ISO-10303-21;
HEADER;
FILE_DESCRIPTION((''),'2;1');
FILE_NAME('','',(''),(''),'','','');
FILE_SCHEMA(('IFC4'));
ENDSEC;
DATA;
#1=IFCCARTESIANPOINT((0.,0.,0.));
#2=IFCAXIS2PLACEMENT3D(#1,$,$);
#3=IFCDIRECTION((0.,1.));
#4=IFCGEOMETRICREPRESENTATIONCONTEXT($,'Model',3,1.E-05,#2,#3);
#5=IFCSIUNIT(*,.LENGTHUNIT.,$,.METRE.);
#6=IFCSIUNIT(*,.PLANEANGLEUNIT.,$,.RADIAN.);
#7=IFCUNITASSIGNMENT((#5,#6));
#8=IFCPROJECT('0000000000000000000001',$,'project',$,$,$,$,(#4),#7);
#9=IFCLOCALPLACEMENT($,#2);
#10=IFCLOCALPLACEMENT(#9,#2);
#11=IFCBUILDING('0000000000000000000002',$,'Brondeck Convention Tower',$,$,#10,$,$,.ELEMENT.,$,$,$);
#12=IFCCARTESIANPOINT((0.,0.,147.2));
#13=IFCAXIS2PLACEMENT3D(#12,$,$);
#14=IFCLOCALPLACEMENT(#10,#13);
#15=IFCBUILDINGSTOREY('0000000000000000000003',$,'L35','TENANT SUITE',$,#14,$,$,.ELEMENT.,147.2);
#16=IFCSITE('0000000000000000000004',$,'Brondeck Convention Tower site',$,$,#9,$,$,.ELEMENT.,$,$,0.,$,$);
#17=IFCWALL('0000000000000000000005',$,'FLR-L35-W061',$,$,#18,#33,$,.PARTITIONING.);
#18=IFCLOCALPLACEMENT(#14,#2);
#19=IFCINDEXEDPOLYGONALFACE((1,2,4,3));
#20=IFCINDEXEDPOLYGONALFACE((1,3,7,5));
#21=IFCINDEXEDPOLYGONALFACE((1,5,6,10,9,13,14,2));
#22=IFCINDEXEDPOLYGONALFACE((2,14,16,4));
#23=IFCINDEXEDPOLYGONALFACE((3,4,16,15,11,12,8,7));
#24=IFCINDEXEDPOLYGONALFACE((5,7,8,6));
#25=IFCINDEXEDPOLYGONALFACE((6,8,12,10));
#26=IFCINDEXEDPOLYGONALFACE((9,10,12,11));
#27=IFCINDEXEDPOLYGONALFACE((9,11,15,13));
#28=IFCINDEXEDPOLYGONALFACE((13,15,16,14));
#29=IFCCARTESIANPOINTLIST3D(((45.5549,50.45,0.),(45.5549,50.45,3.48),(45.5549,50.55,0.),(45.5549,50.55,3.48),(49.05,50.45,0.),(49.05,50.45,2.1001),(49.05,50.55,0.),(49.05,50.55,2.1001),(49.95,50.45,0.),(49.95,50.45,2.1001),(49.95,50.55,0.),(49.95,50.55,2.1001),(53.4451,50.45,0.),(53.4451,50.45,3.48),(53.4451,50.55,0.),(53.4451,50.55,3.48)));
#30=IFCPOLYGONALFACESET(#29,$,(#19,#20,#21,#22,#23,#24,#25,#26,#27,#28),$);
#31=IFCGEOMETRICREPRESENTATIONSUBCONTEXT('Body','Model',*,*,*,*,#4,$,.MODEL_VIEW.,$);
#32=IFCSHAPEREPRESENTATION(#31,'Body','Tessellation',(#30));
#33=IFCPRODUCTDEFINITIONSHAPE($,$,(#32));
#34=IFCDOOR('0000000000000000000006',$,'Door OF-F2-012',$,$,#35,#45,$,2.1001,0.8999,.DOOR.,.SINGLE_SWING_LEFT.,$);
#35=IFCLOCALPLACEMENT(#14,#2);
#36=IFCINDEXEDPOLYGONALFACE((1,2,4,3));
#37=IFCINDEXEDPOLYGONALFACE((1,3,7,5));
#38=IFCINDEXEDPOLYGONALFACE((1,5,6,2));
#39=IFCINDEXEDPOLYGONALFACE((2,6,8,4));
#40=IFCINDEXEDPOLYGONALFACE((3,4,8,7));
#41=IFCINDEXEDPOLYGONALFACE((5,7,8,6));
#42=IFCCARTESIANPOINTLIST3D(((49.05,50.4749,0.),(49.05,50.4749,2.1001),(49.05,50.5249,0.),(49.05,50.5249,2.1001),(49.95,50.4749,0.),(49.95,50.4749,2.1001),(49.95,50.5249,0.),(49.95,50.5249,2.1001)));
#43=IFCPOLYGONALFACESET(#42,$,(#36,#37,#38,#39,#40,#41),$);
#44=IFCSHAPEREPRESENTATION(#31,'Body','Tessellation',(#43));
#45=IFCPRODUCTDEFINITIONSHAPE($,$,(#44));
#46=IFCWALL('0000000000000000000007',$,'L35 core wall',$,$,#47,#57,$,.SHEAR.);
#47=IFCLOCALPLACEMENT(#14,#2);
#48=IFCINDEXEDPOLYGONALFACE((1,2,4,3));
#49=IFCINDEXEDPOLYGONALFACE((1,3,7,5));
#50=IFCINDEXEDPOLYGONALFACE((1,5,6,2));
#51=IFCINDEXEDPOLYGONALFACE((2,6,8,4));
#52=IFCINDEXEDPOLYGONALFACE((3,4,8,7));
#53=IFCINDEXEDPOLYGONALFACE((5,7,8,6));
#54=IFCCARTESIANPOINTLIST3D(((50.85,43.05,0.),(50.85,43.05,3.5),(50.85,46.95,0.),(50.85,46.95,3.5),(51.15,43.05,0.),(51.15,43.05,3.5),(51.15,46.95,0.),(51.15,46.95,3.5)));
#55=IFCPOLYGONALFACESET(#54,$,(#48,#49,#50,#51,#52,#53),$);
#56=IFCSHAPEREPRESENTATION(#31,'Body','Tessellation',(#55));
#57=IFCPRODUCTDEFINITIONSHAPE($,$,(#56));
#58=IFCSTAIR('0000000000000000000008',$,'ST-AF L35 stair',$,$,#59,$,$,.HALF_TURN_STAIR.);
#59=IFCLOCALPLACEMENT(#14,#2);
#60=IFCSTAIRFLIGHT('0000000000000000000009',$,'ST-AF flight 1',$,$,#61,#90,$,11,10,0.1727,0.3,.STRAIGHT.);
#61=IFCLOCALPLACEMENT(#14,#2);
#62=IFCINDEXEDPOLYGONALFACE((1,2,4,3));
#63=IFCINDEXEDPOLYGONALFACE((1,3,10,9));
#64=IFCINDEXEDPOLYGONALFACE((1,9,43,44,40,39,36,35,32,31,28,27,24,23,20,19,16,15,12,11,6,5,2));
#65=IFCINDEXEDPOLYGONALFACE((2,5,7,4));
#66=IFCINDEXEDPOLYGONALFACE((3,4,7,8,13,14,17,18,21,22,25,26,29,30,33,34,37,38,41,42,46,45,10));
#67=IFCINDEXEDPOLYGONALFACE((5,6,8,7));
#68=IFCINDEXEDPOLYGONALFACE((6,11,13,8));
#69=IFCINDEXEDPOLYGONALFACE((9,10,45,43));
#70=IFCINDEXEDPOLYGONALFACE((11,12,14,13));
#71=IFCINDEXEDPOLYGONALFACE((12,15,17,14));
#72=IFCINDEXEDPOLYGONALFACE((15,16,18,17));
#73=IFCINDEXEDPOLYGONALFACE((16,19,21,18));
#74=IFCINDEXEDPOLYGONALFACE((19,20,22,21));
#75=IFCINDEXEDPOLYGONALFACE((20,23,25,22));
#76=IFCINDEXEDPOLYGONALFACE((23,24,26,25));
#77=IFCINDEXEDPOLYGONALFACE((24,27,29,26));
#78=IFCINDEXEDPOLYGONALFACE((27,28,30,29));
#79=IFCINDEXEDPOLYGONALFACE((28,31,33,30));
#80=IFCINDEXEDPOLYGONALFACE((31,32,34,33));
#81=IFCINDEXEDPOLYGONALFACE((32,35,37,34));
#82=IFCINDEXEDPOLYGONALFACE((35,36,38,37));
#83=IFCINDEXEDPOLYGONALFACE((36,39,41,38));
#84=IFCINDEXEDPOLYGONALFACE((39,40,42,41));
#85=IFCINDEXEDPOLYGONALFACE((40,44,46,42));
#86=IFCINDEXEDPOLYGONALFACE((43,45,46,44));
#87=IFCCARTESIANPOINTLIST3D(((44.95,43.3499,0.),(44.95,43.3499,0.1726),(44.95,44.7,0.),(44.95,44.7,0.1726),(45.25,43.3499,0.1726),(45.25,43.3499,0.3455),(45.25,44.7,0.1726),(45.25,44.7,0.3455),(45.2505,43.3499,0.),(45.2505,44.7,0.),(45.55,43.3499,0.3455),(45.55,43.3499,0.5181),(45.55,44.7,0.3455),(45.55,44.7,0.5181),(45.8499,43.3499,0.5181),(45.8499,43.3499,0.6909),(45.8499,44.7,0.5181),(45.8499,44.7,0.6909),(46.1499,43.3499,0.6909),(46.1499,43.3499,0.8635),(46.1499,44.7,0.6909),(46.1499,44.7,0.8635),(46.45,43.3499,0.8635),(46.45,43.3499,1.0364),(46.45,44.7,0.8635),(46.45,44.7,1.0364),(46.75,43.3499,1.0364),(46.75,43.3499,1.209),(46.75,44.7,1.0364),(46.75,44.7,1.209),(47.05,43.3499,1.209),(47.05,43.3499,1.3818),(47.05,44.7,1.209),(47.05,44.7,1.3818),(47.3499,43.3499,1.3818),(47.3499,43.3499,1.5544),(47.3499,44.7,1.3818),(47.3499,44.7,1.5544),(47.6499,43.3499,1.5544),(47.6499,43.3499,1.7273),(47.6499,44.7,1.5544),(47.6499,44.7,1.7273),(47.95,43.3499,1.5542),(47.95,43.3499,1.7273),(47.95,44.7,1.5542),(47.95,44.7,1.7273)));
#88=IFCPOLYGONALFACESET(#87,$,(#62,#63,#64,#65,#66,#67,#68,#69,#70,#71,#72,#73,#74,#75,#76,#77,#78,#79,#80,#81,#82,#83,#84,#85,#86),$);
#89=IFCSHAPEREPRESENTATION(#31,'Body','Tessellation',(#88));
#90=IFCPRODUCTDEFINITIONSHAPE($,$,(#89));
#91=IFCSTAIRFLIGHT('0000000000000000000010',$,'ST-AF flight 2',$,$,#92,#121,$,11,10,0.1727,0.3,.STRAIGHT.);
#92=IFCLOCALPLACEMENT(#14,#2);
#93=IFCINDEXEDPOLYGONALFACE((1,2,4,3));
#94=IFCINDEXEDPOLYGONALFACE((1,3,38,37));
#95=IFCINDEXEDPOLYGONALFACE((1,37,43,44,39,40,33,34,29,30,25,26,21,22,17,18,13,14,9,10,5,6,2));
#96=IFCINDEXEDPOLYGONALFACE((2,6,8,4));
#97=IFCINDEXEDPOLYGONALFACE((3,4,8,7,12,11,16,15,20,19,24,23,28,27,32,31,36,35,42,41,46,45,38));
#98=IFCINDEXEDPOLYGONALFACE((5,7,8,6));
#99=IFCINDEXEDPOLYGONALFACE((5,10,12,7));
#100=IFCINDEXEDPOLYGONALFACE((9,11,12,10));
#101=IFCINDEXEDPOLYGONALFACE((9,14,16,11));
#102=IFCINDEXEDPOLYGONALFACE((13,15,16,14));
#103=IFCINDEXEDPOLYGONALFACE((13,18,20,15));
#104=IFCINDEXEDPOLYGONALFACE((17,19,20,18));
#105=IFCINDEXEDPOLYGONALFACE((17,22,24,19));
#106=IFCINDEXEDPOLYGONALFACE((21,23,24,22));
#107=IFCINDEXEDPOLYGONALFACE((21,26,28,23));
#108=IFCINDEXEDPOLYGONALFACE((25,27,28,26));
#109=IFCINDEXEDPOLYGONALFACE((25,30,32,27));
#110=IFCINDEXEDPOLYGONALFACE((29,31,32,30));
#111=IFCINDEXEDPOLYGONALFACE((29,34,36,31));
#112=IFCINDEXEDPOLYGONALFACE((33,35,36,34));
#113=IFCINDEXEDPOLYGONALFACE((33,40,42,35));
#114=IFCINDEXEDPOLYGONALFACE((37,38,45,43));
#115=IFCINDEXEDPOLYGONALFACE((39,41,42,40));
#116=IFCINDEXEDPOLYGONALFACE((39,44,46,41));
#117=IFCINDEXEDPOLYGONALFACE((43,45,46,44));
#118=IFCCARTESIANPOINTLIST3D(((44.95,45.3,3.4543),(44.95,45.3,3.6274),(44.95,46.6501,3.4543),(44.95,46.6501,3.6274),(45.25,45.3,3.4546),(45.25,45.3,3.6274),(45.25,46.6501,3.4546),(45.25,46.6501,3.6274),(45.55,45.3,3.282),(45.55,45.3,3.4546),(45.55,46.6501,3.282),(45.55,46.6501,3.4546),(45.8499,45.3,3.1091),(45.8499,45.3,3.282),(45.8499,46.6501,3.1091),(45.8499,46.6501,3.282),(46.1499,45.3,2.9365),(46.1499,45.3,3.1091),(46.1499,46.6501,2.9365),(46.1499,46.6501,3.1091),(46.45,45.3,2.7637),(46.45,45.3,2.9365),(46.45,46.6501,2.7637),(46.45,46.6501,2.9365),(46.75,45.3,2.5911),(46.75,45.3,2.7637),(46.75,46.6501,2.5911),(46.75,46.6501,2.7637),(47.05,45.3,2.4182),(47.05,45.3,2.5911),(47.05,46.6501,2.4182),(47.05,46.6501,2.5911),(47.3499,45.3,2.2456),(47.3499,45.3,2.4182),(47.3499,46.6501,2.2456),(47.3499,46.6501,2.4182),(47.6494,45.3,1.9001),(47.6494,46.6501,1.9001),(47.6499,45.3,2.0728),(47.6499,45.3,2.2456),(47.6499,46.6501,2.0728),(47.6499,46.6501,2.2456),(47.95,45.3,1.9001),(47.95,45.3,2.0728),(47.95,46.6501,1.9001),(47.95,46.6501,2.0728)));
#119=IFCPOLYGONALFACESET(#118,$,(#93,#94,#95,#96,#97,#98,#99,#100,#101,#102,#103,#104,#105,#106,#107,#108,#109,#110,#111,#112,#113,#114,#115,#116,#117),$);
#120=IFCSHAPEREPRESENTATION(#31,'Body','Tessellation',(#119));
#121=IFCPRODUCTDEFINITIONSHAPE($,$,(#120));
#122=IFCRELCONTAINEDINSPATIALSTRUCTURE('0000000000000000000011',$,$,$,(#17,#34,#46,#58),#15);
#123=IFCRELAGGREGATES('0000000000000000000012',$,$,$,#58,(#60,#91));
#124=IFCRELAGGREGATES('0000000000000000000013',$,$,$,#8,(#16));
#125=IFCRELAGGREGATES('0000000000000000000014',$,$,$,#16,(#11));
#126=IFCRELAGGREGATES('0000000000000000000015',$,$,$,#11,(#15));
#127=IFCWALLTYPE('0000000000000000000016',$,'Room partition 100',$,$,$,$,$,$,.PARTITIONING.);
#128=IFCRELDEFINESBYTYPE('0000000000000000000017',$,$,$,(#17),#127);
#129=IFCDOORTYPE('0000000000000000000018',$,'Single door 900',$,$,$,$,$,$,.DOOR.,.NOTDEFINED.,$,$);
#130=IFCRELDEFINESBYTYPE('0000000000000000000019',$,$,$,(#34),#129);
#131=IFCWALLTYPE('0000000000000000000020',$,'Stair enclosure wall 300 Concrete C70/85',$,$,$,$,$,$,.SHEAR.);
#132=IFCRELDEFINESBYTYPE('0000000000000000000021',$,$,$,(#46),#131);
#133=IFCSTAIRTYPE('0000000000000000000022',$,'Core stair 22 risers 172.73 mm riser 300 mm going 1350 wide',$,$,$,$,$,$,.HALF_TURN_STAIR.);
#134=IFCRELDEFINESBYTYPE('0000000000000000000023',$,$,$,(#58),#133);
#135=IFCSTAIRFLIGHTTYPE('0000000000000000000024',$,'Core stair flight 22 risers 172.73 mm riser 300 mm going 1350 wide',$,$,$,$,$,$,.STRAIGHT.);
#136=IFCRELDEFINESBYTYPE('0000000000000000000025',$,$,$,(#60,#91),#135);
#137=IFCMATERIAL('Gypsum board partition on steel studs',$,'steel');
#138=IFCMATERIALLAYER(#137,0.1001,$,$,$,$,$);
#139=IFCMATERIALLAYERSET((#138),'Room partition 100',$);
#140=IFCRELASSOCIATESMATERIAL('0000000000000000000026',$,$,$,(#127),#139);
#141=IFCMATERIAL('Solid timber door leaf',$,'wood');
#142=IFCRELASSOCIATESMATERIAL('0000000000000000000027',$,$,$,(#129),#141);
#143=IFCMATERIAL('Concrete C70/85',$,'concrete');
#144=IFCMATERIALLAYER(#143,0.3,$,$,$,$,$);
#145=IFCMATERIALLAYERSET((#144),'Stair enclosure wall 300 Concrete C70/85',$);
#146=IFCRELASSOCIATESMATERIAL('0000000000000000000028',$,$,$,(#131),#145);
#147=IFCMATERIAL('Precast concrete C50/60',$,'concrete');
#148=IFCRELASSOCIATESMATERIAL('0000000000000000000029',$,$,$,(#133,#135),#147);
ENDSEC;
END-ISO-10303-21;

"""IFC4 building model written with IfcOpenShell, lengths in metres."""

from ifc_helpers import new_model, si_unit, direction, frame, frame_2d, origin, place, context, subcontext, project, spatial, polyline, rectangle, outline, extrude, material, layer, layer_set, type_object, element, fill, aggregate, save


model = new_model("IFC4")

# Units and contexts
model_context = context("Model", 3, precision=1e-05, world=origin(), true_north=direction((0.0, 1.0)))
body_context = subcontext(model_context, "Body", "Model", "MODEL_VIEW")
ifc_project = project(units=[si_unit("LENGTHUNIT", "METRE"), si_unit("PLANEANGLEUNIT", "RADIAN")], contexts=[model_context])

# Site, building, storey
site_placement = place(None, origin())
site = spatial("IfcSite", under=ifc_project, at=site_placement, Name="Brondeck Convention Tower site", CompositionType="ELEMENT", RefElevation=0.0)
building_placement = place(site_placement, origin())
building = spatial("IfcBuilding", under=site, at=building_placement, Name="Brondeck Convention Tower", CompositionType="ELEMENT")
storey_placement = place(building_placement, frame((0.0, 0.0, 147.2)))
storey = spatial("IfcBuildingStorey", under=building, at=storey_placement, Name="L35", Description="TENANT SUITE", CompositionType="ELEMENT", Elevation=147.2)

# Shared definitions
ifc_material_1 = material(Name="Concrete C70/85", Category="concrete")

# Shared definitions
ifc_material_2 = material(Name="Gypsum board partition on steel studs", Category="steel")
ifc_layer_1 = layer(ifc_material_2, 0.1001)
ifc_layer_set_1 = layer_set([ifc_layer_1], Name="Room partition 100")
wall_type_1 = type_object("IfcWallType", Name="Room partition 100", PredefinedType="PARTITIONING", material=ifc_layer_set_1)

# Shared definitions
ifc_material_3 = material(Name="Solid timber door leaf", Category="wood")
door_type_1 = type_object("IfcDoorType", Name="Single door 900", OperationType="NOTDEFINED", PredefinedType="DOOR", material=ifc_material_3)

# Wall, opening, door
wall_1_placement = place(storey_placement, frame((45.5549, 50.5, 0.0), z_axis=(0.0, 0.0, 1.0), x_axis=(1.0, 0.0, 0.0)))
wall_1 = element("IfcWall", 1, at=wall_1_placement, inside=storey, type_object=wall_type_1, Name="FLR-L35-W061", PredefinedType="PARTITIONING", context=body_context, shape_type="SweptSolid", body=[
    extrude(rectangle(XDim=7.8901, YDim=0.1001, at=frame_2d((3.9451, 0.0))), origin(), (0.0, 0.0, 1.0), 3.48),
])
opening_1_placement = place(wall_1_placement, frame((3.4951, 0.0, 0.0)))
opening_1 = element("IfcOpeningElement", 2, at=opening_1_placement, cuts=wall_1, PredefinedType="OPENING", context=body_context, shape_type="SweptSolid", body=[
    extrude(rectangle(XDim=0.8999, YDim=2.1001, at=frame_2d((0.45, 1.05))), frame((0.0, 0.0601, 0.0), z_axis=(0.0, -1.0, 0.0), x_axis=(1.0, 0.0, 0.0)), (0.0, 0.0, 1.0), 0.1201),
])
door_1_placement = place(opening_1_placement, origin())
door_1 = element("IfcDoor", 3, at=door_1_placement, inside=storey, type_object=door_type_1, Name="Door OF-F2-012", OperationType="SINGLE_SWING_LEFT", OverallHeight=2.1001, OverallWidth=0.8999, PredefinedType="DOOR", context=body_context, shape_type="SweptSolid", body=[
    extrude(rectangle(XDim=0.8999, YDim=2.1001, at=frame_2d((0.45, 1.05))), frame((0.0, 0.0249, 0.0), z_axis=(0.0, -1.0, 0.0), x_axis=(1.0, 0.0, 0.0)), (0.0, 0.0, 1.0), 0.05),
])
fill(opening_1, door_1)

# Wall
ifc_layer_2 = layer(ifc_material_1, 0.3)
ifc_layer_set_2 = layer_set([ifc_layer_2], Name="Stair enclosure wall 300 Concrete C70/85")
wall_type_2 = type_object("IfcWallType", Name="Stair enclosure wall 300 Concrete C70/85", PredefinedType="SHEAR", material=ifc_layer_set_2)
wall_2_placement = place(storey_placement, frame((51.0, 43.05, 0.0), z_axis=(0.0, 0.0, 1.0), x_axis=(0.0, 1.0, 0.0)))
element("IfcWall", 4, at=wall_2_placement, inside=storey, type_object=wall_type_2, Name="L35 core wall", PredefinedType="SHEAR", context=body_context, shape_type="SweptSolid", body=[
    extrude(rectangle(XDim=3.8999, YDim=0.3, at=frame_2d((1.95, 0.0))), origin(), (0.0, 0.0, 1.0), 3.5),
])

# Stair, stair flights
ifc_material_4 = material(Name="Precast concrete C50/60", Category="concrete")
stair_type = type_object("IfcStairType", Name="Core stair 22 risers 172.73 mm riser 300 mm going 1350 wide", PredefinedType="HALF_TURN_STAIR", material=ifc_material_4)
stair_placement = place(storey_placement, origin())
stair = element("IfcStair", 5, at=stair_placement, inside=storey, type_object=stair_type, Name="ST-AF L35 stair", PredefinedType="HALF_TURN_STAIR")
stair_flight_type = type_object("IfcStairFlightType", Name="Core stair flight 22 risers 172.73 mm riser 300 mm going 1350 wide", PredefinedType="STRAIGHT", material=ifc_material_4)
stair_flight_1_placement = place(storey_placement, frame((44.95, 44.0249, 0.0), z_axis=(0.0, 0.0, 1.0), x_axis=(1.0, 0.0, 0.0)))
stair_flight_1 = element("IfcStairFlight", 6, at=stair_flight_1_placement, type_object=stair_flight_type, Name="ST-AF flight 1", NumberOfRisers=11, NumberOfTreads=10, PredefinedType="STRAIGHT", RiserHeight=0.1727, TreadLength=0.3, context=body_context, shape_type="SweptSolid", body=[
    extrude(outline(polyline([(0.0, 0.0), (0.0, 0.1726), (0.3, 0.1726), (0.3, 0.3455), (0.6001, 0.3455), (0.6001, 0.5181), (0.8999, 0.5181), (0.8999, 0.6909), (1.2, 0.6909), (1.2, 0.8635), (1.5, 0.8635), (1.5, 1.0364), (1.8, 1.0364), (1.8, 1.209), (2.1001, 1.209), (2.1001, 1.3818), (2.3999, 1.3818), (2.3999, 1.5544), (2.7, 1.5544), (2.7, 1.7273), (3.0, 1.7273), (3.0, 1.8999), (3.0, 1.5542), (0.3005, 0.0), (0.0, 0.0)])), frame((0.0, 0.675, 0.0), z_axis=(0.0, -1.0, 0.0), x_axis=(1.0, 0.0, 0.0)), (0.0, 0.0, 1.0), 1.3501),
])
stair_flight_2_placement = place(storey_placement, frame((47.95, 45.9751, 1.9001), z_axis=(0.0, 0.0, 1.0), x_axis=(-1.0, 0.0, 0.0)))
stair_flight_2 = element("IfcStairFlight", 7, at=stair_flight_2_placement, type_object=stair_flight_type, Name="ST-AF flight 2", NumberOfRisers=11, NumberOfTreads=10, PredefinedType="STRAIGHT", RiserHeight=0.1727, TreadLength=0.3, context=body_context, shape_type="SweptSolid", body=[
    extrude(outline(polyline([(0.0, 0.0), (0.0, 0.1726), (0.3, 0.1726), (0.3, 0.3455), (0.6001, 0.3455), (0.6001, 0.5181), (0.8999, 0.5181), (0.8999, 0.6909), (1.2, 0.6909), (1.2, 0.8635), (1.5, 0.8635), (1.5, 1.0364), (1.8, 1.0364), (1.8, 1.209), (2.1001, 1.209), (2.1001, 1.3818), (2.3999, 1.3818), (2.3999, 1.5544), (2.7, 1.5544), (2.7, 1.7273), (3.0, 1.7273), (3.0, 1.8999), (3.0, 1.5542), (0.3005, 0.0), (0.0, 0.0)])), frame((0.0, 0.675, 0.0), z_axis=(0.0, -1.0, 0.0), x_axis=(1.0, 0.0, 0.0)), (0.0, 0.0, 1.0), 1.3501),
])
aggregate(stair, [stair_flight_1, stair_flight_2])

save(model, "model.ifc")
